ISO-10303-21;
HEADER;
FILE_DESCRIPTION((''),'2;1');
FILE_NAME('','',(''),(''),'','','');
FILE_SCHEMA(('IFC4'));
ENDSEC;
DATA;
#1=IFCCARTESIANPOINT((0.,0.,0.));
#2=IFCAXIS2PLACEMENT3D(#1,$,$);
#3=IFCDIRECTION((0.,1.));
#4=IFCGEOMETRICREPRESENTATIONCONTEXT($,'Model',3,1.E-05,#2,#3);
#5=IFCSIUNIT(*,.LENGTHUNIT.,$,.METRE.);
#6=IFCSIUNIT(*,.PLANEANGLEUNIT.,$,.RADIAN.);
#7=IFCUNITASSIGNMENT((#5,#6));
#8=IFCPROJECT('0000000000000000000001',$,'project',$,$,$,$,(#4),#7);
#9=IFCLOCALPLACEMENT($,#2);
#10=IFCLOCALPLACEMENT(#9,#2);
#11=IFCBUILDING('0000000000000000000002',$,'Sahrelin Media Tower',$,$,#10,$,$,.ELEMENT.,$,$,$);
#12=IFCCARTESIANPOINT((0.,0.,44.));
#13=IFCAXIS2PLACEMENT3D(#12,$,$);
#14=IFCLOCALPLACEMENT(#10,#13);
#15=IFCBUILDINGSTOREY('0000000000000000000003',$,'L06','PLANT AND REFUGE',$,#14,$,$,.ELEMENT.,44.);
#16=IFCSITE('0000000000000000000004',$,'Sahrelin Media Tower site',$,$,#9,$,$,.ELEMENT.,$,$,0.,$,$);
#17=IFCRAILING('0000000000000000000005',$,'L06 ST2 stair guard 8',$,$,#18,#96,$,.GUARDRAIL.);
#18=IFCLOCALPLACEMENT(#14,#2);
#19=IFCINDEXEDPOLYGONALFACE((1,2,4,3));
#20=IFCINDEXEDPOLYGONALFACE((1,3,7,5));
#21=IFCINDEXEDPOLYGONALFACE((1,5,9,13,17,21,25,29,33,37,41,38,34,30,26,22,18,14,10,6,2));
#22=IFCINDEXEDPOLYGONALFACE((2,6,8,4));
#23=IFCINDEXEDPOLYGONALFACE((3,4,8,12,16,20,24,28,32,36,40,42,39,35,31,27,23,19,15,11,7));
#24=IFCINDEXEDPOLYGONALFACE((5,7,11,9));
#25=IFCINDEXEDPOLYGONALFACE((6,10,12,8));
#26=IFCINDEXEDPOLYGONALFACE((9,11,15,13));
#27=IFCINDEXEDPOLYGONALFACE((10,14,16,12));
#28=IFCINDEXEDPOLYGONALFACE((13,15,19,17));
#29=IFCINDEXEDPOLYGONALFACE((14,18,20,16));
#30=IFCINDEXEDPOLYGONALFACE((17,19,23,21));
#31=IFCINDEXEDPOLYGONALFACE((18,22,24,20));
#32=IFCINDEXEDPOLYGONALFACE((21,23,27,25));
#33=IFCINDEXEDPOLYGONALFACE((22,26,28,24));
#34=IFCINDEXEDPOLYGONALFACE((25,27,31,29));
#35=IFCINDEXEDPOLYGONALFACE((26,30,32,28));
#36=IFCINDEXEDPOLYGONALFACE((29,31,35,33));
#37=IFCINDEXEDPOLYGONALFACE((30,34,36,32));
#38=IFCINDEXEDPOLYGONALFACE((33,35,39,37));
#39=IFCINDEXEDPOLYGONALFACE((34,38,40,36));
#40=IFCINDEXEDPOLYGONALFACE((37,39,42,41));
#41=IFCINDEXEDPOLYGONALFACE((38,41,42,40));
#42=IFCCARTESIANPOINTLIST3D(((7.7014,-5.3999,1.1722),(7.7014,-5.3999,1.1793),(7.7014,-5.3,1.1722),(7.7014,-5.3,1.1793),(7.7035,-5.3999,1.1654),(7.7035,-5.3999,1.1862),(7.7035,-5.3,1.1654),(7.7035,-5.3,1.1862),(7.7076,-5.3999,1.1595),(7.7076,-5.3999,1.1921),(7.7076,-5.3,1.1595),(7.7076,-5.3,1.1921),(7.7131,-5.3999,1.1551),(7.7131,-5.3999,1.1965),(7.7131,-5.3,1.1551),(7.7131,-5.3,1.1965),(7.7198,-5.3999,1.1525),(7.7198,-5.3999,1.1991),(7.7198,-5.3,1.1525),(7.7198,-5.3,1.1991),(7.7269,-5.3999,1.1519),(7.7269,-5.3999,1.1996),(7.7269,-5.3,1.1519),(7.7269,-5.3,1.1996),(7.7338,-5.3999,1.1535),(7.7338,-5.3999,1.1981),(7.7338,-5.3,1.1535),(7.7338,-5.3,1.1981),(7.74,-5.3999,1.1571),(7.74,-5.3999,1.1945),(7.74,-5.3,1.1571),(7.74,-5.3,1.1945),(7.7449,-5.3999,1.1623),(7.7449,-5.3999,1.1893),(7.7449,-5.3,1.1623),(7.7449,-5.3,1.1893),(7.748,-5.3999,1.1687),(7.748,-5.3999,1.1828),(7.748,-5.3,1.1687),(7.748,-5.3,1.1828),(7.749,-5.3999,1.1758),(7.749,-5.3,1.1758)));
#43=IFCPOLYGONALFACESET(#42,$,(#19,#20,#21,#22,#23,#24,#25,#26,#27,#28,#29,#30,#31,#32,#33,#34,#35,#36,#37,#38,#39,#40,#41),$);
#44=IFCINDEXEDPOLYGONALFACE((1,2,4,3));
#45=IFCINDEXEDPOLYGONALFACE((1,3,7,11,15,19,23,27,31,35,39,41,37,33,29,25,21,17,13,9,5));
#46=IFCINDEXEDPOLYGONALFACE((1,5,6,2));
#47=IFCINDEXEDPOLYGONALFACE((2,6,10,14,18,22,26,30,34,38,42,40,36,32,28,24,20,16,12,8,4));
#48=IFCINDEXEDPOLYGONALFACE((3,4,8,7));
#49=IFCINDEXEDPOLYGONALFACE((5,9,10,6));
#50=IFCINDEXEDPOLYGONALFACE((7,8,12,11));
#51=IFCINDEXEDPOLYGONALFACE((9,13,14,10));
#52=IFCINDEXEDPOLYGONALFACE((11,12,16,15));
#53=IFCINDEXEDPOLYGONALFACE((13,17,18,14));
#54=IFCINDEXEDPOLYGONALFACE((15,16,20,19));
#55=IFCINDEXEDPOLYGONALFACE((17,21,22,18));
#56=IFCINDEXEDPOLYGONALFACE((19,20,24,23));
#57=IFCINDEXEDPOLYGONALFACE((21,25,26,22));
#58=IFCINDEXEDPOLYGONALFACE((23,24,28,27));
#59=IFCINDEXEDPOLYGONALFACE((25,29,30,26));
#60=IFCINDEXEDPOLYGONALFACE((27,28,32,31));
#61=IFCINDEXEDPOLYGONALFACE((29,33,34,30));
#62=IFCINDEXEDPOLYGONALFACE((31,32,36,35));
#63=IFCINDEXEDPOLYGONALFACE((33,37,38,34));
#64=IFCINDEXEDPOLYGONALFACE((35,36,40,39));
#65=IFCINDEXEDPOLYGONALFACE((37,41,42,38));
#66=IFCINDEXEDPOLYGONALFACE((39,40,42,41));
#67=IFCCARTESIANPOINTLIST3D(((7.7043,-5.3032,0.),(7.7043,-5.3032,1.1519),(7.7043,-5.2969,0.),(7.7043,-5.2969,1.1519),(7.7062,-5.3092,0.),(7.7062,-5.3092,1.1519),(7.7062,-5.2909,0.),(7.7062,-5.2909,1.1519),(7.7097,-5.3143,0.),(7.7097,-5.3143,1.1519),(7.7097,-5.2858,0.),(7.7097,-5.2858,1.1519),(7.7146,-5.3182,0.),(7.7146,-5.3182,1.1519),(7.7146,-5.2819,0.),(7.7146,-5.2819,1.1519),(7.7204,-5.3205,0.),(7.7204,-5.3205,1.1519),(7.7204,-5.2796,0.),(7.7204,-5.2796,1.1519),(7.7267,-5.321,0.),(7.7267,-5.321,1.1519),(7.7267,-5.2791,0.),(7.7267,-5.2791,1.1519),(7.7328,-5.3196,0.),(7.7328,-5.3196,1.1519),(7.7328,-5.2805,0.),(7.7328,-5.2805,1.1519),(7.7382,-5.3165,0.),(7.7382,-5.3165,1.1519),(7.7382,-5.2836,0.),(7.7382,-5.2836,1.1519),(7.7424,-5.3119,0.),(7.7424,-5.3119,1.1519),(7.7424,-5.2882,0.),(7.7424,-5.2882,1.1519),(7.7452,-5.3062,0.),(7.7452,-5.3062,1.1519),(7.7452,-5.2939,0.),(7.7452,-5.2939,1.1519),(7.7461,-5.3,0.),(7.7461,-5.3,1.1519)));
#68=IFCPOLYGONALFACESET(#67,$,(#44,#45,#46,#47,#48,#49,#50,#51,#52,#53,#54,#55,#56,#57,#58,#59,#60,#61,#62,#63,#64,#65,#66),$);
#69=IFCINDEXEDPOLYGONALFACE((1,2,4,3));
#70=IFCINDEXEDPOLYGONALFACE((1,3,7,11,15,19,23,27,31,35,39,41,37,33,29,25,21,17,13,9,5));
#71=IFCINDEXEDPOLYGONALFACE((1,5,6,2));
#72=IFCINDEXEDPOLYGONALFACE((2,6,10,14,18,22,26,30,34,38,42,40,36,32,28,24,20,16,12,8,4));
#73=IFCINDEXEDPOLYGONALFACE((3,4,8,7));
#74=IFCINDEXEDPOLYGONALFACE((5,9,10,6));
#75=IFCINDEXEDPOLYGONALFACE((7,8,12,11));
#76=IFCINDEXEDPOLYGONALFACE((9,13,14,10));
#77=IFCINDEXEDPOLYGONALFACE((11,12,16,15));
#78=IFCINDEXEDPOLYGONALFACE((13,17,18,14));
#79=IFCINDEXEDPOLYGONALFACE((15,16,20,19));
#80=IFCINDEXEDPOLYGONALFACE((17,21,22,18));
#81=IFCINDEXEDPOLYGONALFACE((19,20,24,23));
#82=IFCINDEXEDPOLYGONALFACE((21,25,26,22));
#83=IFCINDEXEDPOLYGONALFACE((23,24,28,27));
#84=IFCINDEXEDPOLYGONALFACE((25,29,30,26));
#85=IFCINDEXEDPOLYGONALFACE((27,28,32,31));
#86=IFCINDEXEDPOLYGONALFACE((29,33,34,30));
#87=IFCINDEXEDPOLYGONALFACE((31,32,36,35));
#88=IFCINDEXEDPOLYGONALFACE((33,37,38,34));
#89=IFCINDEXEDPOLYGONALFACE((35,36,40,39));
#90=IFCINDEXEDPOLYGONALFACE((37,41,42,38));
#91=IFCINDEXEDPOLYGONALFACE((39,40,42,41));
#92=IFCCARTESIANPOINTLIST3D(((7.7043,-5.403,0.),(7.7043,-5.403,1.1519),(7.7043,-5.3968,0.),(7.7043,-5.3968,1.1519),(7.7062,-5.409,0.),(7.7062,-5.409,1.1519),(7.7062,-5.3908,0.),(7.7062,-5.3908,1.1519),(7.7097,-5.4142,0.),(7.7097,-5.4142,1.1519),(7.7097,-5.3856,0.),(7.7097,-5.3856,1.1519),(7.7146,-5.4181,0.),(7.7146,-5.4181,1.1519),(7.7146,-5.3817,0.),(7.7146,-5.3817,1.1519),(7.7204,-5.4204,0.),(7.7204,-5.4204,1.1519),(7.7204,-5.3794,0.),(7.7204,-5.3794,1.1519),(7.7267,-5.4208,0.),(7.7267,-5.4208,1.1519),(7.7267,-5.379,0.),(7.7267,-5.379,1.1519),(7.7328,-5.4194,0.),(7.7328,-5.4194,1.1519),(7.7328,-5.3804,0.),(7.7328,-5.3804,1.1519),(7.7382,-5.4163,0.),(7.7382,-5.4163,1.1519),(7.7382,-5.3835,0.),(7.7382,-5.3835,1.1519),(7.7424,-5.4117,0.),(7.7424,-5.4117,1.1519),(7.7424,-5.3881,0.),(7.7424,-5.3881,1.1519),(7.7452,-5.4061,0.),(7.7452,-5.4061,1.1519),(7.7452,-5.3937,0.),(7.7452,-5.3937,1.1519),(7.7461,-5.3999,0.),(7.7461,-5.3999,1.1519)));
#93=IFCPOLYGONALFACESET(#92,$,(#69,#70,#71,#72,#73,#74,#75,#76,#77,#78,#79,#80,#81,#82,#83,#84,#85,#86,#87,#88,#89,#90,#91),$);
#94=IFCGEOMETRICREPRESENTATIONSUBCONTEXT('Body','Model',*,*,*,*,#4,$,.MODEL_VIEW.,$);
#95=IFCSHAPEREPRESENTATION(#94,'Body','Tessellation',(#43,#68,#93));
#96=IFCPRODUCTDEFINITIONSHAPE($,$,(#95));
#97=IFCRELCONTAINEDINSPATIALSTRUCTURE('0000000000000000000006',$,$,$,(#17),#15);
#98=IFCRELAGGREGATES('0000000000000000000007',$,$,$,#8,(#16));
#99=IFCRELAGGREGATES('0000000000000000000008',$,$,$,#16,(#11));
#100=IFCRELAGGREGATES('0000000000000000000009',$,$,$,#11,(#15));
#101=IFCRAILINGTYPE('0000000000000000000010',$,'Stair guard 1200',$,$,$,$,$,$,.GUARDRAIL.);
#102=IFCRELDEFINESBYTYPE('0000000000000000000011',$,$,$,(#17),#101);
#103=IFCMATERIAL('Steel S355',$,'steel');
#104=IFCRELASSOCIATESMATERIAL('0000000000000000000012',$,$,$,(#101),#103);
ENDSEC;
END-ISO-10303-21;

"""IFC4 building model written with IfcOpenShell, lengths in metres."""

from ifc_helpers import new_model, si_unit, direction, frame, origin, origin_2d, place, context, subcontext, project, spatial, circle, extrude, material, type_object, element, save


model = new_model("IFC4")

# Units and contexts
model_context = context("Model", 3, precision=1e-05, world=origin(), true_north=direction((0.0, 1.0)))
body_context = subcontext(model_context, "Body", "Model", "MODEL_VIEW")
ifc_project = project(units=[si_unit("LENGTHUNIT", "METRE"), si_unit("PLANEANGLEUNIT", "RADIAN")], contexts=[model_context])

# Site, building, storey
site_placement = place(None, origin())
site = spatial("IfcSite", under=ifc_project, at=site_placement, Name="Sahrelin Media Tower site", CompositionType="ELEMENT", RefElevation=0.0)
building_placement = place(site_placement, origin())
building = spatial("IfcBuilding", under=site, at=building_placement, Name="Sahrelin Media Tower", CompositionType="ELEMENT")
storey_placement = place(building_placement, frame((0.0, 0.0, 44.0)))
storey = spatial("IfcBuildingStorey", under=building, at=storey_placement, Name="L06", Description="PLANT AND REFUGE", CompositionType="ELEMENT", Elevation=44.0)

# Shared definitions
ifc_material_1 = material(Name="Steel S355", Category="steel")

# Railing
railing_type_1 = type_object("IfcRailingType", Name="Stair guard 1200", PredefinedType="GUARDRAIL", material=ifc_material_1)
railing_1_placement = place(storey_placement, frame((7.7251, -5.3, 0.0)))
element("IfcRailing", 1, at=railing_1_placement, inside=storey, type_object=railing_type_1, Name="L06 ST2 stair guard 8", PredefinedType="GUARDRAIL", context=body_context, shape_type="SweptSolid", body=[
    extrude(circle(Radius=0.0239, at=origin_2d()), frame((0.0, 0.0, 1.1758), z_axis=(0.0, -1.0, 0.0), x_axis=(1.0, 0.0, 0.0)), (0.0, 0.0, 1.0), 0.0999),
    extrude(circle(Radius=0.021, at=origin_2d()), origin(), (0.0, 0.0, 1.0), 1.1519),
    extrude(circle(Radius=0.021, at=origin_2d()), frame((0.0, -0.0999, 0.0)), (0.0, 0.0, 1.0), 1.1519),
])

save(model, "model.ifc")
